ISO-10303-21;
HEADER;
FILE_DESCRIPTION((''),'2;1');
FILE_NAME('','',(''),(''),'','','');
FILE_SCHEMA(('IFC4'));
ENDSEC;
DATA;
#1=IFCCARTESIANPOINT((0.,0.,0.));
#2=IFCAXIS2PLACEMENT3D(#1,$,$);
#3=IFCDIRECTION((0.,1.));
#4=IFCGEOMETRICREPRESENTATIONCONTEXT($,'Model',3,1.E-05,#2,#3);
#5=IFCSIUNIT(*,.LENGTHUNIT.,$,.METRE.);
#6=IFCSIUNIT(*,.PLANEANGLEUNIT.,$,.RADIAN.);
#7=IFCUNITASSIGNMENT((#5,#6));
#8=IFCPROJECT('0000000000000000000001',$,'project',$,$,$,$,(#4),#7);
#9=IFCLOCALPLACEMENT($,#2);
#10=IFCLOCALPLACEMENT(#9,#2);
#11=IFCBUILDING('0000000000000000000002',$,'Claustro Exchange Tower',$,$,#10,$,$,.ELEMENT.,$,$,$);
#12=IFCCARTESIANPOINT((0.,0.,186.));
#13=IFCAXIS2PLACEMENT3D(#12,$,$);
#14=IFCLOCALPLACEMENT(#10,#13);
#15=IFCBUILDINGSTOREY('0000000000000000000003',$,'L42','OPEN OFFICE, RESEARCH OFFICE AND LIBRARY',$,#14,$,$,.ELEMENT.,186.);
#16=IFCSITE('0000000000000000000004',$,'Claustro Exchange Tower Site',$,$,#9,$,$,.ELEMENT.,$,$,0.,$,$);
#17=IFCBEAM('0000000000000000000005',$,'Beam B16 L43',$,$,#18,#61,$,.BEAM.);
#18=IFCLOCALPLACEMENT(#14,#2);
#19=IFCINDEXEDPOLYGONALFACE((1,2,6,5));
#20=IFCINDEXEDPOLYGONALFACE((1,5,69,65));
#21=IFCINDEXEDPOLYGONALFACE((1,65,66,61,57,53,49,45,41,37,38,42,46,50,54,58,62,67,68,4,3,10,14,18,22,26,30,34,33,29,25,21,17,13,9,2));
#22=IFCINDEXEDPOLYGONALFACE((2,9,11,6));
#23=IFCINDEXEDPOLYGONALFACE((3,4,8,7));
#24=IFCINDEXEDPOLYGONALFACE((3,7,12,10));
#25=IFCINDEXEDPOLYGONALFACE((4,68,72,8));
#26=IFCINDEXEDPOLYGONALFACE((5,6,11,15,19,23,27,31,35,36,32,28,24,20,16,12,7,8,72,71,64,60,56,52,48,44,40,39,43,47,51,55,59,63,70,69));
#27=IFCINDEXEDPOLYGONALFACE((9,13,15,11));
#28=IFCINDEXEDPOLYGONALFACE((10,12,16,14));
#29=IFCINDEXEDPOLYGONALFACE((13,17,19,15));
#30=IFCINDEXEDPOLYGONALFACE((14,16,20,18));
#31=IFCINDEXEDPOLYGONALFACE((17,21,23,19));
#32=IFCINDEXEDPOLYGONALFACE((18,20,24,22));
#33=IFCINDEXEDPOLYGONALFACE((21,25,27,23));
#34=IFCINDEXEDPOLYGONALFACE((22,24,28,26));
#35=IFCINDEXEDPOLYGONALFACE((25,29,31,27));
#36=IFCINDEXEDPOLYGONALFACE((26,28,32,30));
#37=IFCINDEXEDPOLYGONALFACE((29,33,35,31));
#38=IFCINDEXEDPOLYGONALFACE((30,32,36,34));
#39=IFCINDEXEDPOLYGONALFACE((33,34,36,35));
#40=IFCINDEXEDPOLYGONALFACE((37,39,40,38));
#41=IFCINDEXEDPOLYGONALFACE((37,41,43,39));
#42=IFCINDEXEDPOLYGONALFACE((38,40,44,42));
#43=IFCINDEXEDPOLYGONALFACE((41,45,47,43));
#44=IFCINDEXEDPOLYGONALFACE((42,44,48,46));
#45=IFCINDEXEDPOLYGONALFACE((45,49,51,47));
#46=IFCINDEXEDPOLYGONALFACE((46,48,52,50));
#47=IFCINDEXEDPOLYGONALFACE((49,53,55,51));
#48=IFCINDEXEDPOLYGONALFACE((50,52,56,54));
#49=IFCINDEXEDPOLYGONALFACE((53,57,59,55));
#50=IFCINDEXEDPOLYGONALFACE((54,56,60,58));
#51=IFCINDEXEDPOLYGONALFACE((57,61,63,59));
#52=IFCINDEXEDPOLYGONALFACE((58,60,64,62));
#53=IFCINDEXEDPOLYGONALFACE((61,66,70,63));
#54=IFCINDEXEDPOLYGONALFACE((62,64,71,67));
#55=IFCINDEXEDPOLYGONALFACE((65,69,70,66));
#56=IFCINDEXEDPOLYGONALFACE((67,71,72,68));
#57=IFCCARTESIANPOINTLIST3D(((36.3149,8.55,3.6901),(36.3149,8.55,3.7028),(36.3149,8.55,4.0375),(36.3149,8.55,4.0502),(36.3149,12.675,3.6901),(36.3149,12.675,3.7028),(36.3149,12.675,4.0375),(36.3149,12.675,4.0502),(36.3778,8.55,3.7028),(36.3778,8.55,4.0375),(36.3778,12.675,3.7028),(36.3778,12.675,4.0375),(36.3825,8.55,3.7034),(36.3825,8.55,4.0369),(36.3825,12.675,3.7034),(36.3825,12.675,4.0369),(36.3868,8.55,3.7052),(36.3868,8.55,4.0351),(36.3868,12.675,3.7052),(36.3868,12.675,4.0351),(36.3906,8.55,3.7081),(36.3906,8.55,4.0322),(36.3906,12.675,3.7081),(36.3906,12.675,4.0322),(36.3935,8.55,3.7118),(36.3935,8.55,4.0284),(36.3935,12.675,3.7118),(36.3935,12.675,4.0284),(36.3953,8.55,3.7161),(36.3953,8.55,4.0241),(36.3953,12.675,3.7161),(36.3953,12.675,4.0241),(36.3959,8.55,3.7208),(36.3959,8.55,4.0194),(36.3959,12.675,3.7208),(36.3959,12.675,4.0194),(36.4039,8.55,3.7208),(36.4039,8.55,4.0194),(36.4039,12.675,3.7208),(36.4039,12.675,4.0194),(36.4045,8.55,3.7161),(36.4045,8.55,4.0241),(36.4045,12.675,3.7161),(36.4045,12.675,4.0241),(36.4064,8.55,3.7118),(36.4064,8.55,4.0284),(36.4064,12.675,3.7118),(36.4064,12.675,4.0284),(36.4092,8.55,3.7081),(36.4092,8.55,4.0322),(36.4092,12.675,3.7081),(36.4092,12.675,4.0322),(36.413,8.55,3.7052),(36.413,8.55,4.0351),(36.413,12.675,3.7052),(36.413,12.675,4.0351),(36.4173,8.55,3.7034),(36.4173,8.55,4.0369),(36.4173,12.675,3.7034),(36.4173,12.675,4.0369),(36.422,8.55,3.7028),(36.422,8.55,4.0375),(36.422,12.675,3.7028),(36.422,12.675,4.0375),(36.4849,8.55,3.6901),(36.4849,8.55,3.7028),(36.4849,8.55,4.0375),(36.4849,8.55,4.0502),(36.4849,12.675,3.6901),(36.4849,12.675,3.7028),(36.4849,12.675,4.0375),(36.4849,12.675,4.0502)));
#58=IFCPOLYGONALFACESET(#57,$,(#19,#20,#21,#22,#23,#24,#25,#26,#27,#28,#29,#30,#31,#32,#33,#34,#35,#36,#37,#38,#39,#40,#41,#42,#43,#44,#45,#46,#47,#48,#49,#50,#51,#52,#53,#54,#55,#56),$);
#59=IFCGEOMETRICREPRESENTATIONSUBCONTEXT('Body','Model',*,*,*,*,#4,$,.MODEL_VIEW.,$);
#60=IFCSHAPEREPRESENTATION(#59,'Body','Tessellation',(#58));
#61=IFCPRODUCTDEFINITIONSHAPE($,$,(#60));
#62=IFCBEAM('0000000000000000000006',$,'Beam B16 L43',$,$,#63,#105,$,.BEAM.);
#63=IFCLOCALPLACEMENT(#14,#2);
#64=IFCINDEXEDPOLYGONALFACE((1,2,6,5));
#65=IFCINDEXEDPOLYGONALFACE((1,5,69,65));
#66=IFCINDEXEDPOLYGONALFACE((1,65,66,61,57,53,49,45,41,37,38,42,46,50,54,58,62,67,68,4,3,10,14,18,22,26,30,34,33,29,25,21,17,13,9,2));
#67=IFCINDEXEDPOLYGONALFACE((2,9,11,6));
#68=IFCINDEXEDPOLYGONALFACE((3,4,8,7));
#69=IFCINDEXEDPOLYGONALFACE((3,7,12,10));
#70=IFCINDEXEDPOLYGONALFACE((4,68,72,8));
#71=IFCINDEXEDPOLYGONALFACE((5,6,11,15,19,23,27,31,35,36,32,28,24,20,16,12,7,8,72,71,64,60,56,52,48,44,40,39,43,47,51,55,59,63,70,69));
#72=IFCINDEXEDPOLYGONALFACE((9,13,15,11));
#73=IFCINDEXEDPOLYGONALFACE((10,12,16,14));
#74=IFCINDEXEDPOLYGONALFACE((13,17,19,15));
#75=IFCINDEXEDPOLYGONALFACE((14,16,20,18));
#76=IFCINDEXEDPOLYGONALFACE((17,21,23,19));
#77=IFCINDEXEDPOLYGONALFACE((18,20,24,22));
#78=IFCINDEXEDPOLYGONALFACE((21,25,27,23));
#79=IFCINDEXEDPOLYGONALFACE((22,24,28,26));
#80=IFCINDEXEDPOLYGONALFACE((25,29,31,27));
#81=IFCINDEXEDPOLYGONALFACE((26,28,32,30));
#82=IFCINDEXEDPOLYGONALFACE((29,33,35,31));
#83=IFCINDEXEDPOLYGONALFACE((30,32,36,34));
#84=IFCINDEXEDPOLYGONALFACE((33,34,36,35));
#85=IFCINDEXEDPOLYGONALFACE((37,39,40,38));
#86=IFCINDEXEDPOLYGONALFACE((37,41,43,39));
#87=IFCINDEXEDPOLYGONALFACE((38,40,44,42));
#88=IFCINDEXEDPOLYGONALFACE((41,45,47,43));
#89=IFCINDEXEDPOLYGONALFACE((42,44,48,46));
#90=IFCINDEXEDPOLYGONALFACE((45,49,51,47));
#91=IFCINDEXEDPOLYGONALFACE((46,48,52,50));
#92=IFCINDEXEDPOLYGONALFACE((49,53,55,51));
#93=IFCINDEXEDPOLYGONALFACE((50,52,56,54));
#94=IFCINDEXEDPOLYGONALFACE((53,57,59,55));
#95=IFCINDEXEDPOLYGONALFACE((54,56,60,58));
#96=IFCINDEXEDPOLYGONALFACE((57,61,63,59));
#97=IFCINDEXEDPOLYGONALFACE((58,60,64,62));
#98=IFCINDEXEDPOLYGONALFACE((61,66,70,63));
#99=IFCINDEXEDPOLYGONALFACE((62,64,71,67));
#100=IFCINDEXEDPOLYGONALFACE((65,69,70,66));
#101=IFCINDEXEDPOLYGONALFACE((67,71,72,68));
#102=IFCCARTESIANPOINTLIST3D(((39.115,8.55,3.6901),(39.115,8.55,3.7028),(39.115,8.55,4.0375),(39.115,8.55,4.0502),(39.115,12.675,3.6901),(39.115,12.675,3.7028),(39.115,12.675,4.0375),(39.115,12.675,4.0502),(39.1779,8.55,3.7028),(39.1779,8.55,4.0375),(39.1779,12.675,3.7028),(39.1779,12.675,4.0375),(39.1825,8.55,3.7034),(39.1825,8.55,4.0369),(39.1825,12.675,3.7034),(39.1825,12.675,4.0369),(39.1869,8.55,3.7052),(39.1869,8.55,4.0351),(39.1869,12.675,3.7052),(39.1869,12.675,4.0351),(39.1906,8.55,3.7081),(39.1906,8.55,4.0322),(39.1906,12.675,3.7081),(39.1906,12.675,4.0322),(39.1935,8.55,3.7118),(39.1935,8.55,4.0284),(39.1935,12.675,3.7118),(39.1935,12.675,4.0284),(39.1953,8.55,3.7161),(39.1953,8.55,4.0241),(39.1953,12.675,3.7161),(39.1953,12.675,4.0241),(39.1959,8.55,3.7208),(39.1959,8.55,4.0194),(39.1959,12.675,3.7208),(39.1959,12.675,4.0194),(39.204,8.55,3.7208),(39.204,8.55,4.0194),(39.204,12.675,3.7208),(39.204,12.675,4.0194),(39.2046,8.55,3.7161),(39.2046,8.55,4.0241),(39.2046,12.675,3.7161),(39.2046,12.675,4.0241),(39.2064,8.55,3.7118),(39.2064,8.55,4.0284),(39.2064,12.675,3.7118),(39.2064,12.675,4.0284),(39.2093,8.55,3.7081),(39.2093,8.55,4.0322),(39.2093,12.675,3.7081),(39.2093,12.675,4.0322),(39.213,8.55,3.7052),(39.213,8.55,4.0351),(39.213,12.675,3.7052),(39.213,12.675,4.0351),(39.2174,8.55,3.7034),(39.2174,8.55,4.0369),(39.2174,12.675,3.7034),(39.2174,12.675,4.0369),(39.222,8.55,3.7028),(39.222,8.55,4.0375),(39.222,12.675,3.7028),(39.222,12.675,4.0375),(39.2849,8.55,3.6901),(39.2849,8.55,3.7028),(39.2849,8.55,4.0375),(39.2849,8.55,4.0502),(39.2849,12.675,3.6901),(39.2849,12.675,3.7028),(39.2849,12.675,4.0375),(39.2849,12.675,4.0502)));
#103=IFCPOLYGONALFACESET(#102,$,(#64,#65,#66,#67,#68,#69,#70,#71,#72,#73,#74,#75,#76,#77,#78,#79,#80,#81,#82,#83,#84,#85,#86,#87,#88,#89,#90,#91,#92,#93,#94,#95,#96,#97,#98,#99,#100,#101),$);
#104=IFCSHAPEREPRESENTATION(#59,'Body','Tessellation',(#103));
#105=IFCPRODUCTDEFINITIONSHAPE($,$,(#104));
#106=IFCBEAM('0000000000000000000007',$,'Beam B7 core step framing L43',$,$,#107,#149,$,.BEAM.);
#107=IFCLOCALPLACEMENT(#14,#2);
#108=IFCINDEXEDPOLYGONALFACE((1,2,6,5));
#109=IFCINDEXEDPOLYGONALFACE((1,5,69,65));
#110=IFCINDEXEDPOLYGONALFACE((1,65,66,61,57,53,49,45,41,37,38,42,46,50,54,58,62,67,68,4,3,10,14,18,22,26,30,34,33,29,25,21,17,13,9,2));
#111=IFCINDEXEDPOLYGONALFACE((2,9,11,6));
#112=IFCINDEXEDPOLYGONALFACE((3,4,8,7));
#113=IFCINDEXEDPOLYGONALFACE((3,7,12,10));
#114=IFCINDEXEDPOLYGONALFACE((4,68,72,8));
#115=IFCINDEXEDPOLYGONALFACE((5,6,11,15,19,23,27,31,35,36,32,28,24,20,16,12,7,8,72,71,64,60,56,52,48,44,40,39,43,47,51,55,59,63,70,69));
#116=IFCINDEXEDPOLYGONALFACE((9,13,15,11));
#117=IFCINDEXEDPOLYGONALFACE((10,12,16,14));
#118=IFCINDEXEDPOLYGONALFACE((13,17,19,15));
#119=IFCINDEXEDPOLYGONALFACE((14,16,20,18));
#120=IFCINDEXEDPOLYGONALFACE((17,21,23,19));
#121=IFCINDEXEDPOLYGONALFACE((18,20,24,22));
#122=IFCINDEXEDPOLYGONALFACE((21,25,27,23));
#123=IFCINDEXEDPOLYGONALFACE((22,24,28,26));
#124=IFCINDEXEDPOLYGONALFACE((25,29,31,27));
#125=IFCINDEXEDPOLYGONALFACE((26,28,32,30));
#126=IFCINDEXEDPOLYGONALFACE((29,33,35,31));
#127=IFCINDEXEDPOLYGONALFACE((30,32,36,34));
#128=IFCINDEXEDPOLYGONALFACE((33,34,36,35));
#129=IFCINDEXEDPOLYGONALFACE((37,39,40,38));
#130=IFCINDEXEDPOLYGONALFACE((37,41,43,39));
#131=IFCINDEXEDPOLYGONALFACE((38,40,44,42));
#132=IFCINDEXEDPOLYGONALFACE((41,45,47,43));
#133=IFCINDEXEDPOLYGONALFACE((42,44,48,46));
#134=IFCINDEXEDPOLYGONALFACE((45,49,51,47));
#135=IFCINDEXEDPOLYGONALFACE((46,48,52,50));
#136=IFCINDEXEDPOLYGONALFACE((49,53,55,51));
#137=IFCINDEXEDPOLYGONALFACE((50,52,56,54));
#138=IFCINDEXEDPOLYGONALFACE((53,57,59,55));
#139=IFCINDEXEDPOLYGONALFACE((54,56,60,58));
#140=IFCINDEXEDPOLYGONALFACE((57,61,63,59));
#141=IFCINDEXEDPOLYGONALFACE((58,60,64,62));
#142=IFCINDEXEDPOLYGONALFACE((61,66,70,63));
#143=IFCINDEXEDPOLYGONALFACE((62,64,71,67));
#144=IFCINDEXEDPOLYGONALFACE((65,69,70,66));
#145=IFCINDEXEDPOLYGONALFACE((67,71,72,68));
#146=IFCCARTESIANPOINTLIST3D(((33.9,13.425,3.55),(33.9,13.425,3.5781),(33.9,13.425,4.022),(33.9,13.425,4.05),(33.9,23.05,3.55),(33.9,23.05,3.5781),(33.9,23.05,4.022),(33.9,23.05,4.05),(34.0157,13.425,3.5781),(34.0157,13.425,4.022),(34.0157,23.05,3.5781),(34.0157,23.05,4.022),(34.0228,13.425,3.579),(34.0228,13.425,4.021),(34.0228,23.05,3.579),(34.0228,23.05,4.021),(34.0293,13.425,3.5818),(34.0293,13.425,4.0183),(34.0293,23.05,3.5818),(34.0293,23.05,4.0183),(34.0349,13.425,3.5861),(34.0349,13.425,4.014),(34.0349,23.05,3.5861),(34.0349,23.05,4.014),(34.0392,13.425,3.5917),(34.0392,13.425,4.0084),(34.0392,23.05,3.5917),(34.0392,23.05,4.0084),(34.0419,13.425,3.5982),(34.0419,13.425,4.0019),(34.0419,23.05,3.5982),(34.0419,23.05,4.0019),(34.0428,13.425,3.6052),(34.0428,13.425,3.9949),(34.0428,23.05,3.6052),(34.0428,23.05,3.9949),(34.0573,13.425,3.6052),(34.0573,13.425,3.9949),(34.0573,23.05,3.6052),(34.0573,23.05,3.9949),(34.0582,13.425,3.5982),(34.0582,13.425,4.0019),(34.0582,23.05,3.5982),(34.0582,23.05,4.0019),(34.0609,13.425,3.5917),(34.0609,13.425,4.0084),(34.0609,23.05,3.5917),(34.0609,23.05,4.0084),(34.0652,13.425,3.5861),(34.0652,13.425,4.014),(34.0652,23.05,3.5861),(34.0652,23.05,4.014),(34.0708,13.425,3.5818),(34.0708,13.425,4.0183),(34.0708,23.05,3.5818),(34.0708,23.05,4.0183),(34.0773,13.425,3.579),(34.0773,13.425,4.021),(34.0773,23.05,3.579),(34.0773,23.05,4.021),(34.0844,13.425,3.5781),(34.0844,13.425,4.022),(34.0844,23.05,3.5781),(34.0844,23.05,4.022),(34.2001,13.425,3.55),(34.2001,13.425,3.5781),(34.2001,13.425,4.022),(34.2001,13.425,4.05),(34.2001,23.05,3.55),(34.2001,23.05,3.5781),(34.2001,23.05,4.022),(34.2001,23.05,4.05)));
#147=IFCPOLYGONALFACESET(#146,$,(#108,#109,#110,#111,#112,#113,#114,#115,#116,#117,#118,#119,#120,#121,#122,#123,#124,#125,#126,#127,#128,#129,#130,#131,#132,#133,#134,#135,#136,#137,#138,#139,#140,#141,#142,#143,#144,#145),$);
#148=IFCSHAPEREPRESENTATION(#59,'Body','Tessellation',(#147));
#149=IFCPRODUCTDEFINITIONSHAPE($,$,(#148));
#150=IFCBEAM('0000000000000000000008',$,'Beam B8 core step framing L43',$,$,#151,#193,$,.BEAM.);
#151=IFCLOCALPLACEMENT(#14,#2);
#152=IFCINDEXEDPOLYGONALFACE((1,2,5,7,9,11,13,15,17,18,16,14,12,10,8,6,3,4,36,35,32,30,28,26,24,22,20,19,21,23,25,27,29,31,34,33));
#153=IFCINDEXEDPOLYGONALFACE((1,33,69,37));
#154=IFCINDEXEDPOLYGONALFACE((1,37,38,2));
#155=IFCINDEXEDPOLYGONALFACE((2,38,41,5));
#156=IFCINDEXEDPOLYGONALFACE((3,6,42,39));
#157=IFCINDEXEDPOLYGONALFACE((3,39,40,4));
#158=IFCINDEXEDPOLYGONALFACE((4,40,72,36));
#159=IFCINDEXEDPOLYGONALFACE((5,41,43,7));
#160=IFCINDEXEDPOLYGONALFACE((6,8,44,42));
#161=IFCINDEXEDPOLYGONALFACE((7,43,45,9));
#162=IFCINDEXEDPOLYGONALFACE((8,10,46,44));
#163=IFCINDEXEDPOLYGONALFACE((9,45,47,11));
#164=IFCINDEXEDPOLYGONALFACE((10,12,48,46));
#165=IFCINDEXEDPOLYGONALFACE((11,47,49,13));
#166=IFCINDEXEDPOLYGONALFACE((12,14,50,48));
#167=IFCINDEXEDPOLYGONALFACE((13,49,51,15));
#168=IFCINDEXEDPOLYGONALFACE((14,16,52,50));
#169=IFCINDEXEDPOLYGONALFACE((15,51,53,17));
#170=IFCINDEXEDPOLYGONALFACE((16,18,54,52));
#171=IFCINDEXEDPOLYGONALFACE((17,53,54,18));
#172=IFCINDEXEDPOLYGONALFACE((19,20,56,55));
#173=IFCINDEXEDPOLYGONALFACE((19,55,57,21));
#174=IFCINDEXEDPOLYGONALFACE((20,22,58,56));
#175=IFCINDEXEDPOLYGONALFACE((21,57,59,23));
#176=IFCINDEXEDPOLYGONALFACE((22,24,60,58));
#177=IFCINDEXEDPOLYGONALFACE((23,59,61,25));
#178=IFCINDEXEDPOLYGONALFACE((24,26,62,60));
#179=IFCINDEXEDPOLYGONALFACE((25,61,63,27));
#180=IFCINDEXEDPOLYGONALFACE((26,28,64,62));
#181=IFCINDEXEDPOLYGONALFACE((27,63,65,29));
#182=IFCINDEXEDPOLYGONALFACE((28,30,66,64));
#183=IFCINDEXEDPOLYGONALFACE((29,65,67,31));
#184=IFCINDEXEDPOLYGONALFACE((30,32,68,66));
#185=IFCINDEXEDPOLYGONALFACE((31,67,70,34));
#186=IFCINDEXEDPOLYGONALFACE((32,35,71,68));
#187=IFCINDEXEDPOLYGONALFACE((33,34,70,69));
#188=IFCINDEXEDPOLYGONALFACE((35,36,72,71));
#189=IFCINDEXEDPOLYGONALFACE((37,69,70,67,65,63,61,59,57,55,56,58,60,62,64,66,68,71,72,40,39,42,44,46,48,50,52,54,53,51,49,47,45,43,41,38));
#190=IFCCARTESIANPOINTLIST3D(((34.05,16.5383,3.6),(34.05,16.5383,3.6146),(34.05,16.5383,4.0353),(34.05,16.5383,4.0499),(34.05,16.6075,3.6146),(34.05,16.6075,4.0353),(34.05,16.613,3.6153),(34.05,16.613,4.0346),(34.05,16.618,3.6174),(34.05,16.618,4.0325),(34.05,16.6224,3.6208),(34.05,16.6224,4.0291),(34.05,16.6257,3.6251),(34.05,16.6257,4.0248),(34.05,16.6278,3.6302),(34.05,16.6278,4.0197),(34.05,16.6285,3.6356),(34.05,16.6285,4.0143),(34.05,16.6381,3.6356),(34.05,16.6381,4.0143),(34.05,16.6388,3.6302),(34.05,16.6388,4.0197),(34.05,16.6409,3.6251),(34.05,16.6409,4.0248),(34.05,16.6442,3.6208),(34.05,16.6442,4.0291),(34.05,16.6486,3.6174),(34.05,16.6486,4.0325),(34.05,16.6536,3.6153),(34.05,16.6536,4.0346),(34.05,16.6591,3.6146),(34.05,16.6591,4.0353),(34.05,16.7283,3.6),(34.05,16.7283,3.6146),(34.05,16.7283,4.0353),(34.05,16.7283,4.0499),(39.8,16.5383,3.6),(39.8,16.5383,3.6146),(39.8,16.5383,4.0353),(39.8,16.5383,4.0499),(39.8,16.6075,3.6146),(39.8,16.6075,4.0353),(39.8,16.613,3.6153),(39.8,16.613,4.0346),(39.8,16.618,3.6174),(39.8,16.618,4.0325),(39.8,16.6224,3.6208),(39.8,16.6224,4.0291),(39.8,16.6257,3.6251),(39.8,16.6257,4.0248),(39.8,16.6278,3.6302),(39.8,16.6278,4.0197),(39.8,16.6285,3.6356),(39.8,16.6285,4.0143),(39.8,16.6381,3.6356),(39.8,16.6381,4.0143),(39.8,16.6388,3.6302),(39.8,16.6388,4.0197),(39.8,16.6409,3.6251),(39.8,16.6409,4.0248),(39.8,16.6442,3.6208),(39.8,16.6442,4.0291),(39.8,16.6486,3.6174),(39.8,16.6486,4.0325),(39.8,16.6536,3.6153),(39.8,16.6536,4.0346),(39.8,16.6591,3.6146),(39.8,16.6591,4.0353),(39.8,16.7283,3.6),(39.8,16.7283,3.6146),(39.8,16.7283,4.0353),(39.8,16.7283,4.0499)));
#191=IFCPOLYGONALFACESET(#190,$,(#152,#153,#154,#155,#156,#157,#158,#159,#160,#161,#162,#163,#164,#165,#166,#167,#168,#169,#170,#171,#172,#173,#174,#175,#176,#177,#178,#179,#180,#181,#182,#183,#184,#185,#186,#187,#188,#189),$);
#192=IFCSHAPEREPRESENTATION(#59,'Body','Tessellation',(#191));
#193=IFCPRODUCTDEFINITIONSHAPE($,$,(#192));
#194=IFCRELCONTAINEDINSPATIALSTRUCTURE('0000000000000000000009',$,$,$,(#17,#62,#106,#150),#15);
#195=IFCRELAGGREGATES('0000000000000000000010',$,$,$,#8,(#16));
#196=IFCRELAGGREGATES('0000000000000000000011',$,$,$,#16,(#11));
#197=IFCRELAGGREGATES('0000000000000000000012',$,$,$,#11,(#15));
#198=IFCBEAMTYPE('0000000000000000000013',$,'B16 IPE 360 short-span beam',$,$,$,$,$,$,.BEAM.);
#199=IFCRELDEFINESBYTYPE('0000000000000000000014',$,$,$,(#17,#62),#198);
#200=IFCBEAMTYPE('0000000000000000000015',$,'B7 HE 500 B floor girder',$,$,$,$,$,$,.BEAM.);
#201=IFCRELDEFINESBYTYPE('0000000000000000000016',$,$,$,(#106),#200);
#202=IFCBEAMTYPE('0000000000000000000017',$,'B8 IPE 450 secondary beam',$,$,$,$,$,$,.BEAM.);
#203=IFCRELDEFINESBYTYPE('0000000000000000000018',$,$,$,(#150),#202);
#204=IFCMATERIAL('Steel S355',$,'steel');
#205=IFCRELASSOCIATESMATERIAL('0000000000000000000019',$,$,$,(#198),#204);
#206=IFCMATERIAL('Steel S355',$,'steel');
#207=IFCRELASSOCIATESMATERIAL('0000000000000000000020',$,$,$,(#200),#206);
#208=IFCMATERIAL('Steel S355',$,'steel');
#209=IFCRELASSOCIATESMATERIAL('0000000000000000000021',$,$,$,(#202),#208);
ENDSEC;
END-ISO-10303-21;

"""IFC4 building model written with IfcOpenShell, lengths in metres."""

from ifc_helpers import new_model, si_unit, direction, frame, origin, origin_2d, place, context, subcontext, project, spatial, i_section, extrude, material, material_profile, profile_set, type_object, element, save


model = new_model("IFC4")

# Units and contexts
model_context = context("Model", 3, precision=1e-05, world=origin(), true_north=direction((0.0, 1.0)))
body_context = subcontext(model_context, "Body", "Model", "MODEL_VIEW")
ifc_project = project(units=[si_unit("LENGTHUNIT", "METRE"), si_unit("PLANEANGLEUNIT", "RADIAN")], contexts=[model_context])

# Site, building, storey
site_placement = place(None, origin())
site = spatial("IfcSite", under=ifc_project, at=site_placement, Name="Claustro Exchange Tower Site", CompositionType="ELEMENT", RefElevation=0.0)
building_placement = place(site_placement, origin())
building = spatial("IfcBuilding", under=site, at=building_placement, Name="Claustro Exchange Tower", CompositionType="ELEMENT")
storey_placement = place(building_placement, frame((0.0, 0.0, 186.0)))
storey = spatial("IfcBuildingStorey", under=building, at=storey_placement, Name="L42", Description="OPEN OFFICE, RESEARCH OFFICE AND LIBRARY", CompositionType="ELEMENT", Elevation=186.0)

# Beams
ifc_material_1 = material(Name="Steel S355", Category="steel")
ifc_material_profile_1 = material_profile(ifc_material_1, i_section(OverallWidth=0.1699, OverallDepth=0.3601, WebThickness=0.0081, FlangeThickness=0.0127, FilletRadius=0.0181, at=origin_2d()), Name="IPE 360")
ifc_profile_set_1 = profile_set([ifc_material_profile_1], Name="Steel S355")
beam_type_1 = type_object("IfcBeamType", Name="B16 IPE 360 short-span beam", PredefinedType="BEAM", material=ifc_profile_set_1)
for number, where, z_axis, x_axis, name in (
    (1, (36.3999, 8.55, 3.8701), (0.0, 1.0, 0.0), (-1.0, 0.0, 0.0), "Beam B16 L43"),
    (2, (39.2, 8.55, 3.8701), (0.0, 1.0, 0.0), (-1.0, 0.0, 0.0), "Beam B16 L43"),
):
    element("IfcBeam", number, at=place(storey_placement, frame(where, z_axis=z_axis, x_axis=x_axis)), inside=storey, type_object=beam_type_1, Name=name, PredefinedType="BEAM", context=body_context, shape_type="SweptSolid", body=[
        extrude(i_section(OverallWidth=0.1699, OverallDepth=0.3601, WebThickness=0.0081, FlangeThickness=0.0127, FilletRadius=0.0181, at=origin_2d()), origin(), (0.0, 0.0, 1.0), 4.125),
    ])
ifc_material_2 = material(Name="Steel S355", Category="steel")
ifc_material_profile_2 = material_profile(ifc_material_2, i_section(OverallWidth=0.3, OverallDepth=0.5, WebThickness=0.0144, FlangeThickness=0.0281, FilletRadius=0.0271, at=origin_2d()), Name="HE 500 B")
ifc_profile_set_2 = profile_set([ifc_material_profile_2], Name="Steel S355")
beam_type_2 = type_object("IfcBeamType", Name="B7 HE 500 B floor girder", PredefinedType="BEAM", material=ifc_profile_set_2)
beam_placement = place(storey_placement, frame((34.05, 13.425, 3.8), z_axis=(0.0, 1.0, 0.0), x_axis=(-1.0, 0.0, 0.0)))
element("IfcBeam", 3, at=beam_placement, inside=storey, type_object=beam_type_2, Name="Beam B7 core step framing L43", PredefinedType="BEAM", context=body_context, shape_type="SweptSolid", body=[
    extrude(i_section(OverallWidth=0.3, OverallDepth=0.5, WebThickness=0.0144, FlangeThickness=0.0281, FilletRadius=0.0271, at=origin_2d()), origin(), (0.0, 0.0, 1.0), 9.625),
])
ifc_material_3 = material(Name="Steel S355", Category="steel")
ifc_material_profile_3 = material_profile(ifc_material_3, i_section(OverallWidth=0.1899, OverallDepth=0.45, WebThickness=0.0095, FlangeThickness=0.0146, FilletRadius=0.021, at=origin_2d()), Name="IPE 450")
ifc_profile_set_3 = profile_set([ifc_material_profile_3], Name="Steel S355")
beam_type_3 = type_object("IfcBeamType", Name="B8 IPE 450 secondary beam", PredefinedType="BEAM", material=ifc_profile_set_3)
for number, where, z_axis, x_axis, name in (
    (4, (34.05, 16.6333, 3.825), (1.0, 0.0, 0.0), (0.0, 1.0, 0.0), "Beam B8 core step framing L43"),
):
    element("IfcBeam", number, at=place(storey_placement, frame(where, z_axis=z_axis, x_axis=x_axis)), inside=storey, type_object=beam_type_3, Name=name, PredefinedType="BEAM", context=body_context, shape_type="SweptSolid", body=[
        extrude(i_section(OverallWidth=0.1899, OverallDepth=0.45, WebThickness=0.0095, FlangeThickness=0.0146, FilletRadius=0.021, at=origin_2d()), origin(), (0.0, 0.0, 1.0), 5.75),
    ])

save(model, "model.ifc")
